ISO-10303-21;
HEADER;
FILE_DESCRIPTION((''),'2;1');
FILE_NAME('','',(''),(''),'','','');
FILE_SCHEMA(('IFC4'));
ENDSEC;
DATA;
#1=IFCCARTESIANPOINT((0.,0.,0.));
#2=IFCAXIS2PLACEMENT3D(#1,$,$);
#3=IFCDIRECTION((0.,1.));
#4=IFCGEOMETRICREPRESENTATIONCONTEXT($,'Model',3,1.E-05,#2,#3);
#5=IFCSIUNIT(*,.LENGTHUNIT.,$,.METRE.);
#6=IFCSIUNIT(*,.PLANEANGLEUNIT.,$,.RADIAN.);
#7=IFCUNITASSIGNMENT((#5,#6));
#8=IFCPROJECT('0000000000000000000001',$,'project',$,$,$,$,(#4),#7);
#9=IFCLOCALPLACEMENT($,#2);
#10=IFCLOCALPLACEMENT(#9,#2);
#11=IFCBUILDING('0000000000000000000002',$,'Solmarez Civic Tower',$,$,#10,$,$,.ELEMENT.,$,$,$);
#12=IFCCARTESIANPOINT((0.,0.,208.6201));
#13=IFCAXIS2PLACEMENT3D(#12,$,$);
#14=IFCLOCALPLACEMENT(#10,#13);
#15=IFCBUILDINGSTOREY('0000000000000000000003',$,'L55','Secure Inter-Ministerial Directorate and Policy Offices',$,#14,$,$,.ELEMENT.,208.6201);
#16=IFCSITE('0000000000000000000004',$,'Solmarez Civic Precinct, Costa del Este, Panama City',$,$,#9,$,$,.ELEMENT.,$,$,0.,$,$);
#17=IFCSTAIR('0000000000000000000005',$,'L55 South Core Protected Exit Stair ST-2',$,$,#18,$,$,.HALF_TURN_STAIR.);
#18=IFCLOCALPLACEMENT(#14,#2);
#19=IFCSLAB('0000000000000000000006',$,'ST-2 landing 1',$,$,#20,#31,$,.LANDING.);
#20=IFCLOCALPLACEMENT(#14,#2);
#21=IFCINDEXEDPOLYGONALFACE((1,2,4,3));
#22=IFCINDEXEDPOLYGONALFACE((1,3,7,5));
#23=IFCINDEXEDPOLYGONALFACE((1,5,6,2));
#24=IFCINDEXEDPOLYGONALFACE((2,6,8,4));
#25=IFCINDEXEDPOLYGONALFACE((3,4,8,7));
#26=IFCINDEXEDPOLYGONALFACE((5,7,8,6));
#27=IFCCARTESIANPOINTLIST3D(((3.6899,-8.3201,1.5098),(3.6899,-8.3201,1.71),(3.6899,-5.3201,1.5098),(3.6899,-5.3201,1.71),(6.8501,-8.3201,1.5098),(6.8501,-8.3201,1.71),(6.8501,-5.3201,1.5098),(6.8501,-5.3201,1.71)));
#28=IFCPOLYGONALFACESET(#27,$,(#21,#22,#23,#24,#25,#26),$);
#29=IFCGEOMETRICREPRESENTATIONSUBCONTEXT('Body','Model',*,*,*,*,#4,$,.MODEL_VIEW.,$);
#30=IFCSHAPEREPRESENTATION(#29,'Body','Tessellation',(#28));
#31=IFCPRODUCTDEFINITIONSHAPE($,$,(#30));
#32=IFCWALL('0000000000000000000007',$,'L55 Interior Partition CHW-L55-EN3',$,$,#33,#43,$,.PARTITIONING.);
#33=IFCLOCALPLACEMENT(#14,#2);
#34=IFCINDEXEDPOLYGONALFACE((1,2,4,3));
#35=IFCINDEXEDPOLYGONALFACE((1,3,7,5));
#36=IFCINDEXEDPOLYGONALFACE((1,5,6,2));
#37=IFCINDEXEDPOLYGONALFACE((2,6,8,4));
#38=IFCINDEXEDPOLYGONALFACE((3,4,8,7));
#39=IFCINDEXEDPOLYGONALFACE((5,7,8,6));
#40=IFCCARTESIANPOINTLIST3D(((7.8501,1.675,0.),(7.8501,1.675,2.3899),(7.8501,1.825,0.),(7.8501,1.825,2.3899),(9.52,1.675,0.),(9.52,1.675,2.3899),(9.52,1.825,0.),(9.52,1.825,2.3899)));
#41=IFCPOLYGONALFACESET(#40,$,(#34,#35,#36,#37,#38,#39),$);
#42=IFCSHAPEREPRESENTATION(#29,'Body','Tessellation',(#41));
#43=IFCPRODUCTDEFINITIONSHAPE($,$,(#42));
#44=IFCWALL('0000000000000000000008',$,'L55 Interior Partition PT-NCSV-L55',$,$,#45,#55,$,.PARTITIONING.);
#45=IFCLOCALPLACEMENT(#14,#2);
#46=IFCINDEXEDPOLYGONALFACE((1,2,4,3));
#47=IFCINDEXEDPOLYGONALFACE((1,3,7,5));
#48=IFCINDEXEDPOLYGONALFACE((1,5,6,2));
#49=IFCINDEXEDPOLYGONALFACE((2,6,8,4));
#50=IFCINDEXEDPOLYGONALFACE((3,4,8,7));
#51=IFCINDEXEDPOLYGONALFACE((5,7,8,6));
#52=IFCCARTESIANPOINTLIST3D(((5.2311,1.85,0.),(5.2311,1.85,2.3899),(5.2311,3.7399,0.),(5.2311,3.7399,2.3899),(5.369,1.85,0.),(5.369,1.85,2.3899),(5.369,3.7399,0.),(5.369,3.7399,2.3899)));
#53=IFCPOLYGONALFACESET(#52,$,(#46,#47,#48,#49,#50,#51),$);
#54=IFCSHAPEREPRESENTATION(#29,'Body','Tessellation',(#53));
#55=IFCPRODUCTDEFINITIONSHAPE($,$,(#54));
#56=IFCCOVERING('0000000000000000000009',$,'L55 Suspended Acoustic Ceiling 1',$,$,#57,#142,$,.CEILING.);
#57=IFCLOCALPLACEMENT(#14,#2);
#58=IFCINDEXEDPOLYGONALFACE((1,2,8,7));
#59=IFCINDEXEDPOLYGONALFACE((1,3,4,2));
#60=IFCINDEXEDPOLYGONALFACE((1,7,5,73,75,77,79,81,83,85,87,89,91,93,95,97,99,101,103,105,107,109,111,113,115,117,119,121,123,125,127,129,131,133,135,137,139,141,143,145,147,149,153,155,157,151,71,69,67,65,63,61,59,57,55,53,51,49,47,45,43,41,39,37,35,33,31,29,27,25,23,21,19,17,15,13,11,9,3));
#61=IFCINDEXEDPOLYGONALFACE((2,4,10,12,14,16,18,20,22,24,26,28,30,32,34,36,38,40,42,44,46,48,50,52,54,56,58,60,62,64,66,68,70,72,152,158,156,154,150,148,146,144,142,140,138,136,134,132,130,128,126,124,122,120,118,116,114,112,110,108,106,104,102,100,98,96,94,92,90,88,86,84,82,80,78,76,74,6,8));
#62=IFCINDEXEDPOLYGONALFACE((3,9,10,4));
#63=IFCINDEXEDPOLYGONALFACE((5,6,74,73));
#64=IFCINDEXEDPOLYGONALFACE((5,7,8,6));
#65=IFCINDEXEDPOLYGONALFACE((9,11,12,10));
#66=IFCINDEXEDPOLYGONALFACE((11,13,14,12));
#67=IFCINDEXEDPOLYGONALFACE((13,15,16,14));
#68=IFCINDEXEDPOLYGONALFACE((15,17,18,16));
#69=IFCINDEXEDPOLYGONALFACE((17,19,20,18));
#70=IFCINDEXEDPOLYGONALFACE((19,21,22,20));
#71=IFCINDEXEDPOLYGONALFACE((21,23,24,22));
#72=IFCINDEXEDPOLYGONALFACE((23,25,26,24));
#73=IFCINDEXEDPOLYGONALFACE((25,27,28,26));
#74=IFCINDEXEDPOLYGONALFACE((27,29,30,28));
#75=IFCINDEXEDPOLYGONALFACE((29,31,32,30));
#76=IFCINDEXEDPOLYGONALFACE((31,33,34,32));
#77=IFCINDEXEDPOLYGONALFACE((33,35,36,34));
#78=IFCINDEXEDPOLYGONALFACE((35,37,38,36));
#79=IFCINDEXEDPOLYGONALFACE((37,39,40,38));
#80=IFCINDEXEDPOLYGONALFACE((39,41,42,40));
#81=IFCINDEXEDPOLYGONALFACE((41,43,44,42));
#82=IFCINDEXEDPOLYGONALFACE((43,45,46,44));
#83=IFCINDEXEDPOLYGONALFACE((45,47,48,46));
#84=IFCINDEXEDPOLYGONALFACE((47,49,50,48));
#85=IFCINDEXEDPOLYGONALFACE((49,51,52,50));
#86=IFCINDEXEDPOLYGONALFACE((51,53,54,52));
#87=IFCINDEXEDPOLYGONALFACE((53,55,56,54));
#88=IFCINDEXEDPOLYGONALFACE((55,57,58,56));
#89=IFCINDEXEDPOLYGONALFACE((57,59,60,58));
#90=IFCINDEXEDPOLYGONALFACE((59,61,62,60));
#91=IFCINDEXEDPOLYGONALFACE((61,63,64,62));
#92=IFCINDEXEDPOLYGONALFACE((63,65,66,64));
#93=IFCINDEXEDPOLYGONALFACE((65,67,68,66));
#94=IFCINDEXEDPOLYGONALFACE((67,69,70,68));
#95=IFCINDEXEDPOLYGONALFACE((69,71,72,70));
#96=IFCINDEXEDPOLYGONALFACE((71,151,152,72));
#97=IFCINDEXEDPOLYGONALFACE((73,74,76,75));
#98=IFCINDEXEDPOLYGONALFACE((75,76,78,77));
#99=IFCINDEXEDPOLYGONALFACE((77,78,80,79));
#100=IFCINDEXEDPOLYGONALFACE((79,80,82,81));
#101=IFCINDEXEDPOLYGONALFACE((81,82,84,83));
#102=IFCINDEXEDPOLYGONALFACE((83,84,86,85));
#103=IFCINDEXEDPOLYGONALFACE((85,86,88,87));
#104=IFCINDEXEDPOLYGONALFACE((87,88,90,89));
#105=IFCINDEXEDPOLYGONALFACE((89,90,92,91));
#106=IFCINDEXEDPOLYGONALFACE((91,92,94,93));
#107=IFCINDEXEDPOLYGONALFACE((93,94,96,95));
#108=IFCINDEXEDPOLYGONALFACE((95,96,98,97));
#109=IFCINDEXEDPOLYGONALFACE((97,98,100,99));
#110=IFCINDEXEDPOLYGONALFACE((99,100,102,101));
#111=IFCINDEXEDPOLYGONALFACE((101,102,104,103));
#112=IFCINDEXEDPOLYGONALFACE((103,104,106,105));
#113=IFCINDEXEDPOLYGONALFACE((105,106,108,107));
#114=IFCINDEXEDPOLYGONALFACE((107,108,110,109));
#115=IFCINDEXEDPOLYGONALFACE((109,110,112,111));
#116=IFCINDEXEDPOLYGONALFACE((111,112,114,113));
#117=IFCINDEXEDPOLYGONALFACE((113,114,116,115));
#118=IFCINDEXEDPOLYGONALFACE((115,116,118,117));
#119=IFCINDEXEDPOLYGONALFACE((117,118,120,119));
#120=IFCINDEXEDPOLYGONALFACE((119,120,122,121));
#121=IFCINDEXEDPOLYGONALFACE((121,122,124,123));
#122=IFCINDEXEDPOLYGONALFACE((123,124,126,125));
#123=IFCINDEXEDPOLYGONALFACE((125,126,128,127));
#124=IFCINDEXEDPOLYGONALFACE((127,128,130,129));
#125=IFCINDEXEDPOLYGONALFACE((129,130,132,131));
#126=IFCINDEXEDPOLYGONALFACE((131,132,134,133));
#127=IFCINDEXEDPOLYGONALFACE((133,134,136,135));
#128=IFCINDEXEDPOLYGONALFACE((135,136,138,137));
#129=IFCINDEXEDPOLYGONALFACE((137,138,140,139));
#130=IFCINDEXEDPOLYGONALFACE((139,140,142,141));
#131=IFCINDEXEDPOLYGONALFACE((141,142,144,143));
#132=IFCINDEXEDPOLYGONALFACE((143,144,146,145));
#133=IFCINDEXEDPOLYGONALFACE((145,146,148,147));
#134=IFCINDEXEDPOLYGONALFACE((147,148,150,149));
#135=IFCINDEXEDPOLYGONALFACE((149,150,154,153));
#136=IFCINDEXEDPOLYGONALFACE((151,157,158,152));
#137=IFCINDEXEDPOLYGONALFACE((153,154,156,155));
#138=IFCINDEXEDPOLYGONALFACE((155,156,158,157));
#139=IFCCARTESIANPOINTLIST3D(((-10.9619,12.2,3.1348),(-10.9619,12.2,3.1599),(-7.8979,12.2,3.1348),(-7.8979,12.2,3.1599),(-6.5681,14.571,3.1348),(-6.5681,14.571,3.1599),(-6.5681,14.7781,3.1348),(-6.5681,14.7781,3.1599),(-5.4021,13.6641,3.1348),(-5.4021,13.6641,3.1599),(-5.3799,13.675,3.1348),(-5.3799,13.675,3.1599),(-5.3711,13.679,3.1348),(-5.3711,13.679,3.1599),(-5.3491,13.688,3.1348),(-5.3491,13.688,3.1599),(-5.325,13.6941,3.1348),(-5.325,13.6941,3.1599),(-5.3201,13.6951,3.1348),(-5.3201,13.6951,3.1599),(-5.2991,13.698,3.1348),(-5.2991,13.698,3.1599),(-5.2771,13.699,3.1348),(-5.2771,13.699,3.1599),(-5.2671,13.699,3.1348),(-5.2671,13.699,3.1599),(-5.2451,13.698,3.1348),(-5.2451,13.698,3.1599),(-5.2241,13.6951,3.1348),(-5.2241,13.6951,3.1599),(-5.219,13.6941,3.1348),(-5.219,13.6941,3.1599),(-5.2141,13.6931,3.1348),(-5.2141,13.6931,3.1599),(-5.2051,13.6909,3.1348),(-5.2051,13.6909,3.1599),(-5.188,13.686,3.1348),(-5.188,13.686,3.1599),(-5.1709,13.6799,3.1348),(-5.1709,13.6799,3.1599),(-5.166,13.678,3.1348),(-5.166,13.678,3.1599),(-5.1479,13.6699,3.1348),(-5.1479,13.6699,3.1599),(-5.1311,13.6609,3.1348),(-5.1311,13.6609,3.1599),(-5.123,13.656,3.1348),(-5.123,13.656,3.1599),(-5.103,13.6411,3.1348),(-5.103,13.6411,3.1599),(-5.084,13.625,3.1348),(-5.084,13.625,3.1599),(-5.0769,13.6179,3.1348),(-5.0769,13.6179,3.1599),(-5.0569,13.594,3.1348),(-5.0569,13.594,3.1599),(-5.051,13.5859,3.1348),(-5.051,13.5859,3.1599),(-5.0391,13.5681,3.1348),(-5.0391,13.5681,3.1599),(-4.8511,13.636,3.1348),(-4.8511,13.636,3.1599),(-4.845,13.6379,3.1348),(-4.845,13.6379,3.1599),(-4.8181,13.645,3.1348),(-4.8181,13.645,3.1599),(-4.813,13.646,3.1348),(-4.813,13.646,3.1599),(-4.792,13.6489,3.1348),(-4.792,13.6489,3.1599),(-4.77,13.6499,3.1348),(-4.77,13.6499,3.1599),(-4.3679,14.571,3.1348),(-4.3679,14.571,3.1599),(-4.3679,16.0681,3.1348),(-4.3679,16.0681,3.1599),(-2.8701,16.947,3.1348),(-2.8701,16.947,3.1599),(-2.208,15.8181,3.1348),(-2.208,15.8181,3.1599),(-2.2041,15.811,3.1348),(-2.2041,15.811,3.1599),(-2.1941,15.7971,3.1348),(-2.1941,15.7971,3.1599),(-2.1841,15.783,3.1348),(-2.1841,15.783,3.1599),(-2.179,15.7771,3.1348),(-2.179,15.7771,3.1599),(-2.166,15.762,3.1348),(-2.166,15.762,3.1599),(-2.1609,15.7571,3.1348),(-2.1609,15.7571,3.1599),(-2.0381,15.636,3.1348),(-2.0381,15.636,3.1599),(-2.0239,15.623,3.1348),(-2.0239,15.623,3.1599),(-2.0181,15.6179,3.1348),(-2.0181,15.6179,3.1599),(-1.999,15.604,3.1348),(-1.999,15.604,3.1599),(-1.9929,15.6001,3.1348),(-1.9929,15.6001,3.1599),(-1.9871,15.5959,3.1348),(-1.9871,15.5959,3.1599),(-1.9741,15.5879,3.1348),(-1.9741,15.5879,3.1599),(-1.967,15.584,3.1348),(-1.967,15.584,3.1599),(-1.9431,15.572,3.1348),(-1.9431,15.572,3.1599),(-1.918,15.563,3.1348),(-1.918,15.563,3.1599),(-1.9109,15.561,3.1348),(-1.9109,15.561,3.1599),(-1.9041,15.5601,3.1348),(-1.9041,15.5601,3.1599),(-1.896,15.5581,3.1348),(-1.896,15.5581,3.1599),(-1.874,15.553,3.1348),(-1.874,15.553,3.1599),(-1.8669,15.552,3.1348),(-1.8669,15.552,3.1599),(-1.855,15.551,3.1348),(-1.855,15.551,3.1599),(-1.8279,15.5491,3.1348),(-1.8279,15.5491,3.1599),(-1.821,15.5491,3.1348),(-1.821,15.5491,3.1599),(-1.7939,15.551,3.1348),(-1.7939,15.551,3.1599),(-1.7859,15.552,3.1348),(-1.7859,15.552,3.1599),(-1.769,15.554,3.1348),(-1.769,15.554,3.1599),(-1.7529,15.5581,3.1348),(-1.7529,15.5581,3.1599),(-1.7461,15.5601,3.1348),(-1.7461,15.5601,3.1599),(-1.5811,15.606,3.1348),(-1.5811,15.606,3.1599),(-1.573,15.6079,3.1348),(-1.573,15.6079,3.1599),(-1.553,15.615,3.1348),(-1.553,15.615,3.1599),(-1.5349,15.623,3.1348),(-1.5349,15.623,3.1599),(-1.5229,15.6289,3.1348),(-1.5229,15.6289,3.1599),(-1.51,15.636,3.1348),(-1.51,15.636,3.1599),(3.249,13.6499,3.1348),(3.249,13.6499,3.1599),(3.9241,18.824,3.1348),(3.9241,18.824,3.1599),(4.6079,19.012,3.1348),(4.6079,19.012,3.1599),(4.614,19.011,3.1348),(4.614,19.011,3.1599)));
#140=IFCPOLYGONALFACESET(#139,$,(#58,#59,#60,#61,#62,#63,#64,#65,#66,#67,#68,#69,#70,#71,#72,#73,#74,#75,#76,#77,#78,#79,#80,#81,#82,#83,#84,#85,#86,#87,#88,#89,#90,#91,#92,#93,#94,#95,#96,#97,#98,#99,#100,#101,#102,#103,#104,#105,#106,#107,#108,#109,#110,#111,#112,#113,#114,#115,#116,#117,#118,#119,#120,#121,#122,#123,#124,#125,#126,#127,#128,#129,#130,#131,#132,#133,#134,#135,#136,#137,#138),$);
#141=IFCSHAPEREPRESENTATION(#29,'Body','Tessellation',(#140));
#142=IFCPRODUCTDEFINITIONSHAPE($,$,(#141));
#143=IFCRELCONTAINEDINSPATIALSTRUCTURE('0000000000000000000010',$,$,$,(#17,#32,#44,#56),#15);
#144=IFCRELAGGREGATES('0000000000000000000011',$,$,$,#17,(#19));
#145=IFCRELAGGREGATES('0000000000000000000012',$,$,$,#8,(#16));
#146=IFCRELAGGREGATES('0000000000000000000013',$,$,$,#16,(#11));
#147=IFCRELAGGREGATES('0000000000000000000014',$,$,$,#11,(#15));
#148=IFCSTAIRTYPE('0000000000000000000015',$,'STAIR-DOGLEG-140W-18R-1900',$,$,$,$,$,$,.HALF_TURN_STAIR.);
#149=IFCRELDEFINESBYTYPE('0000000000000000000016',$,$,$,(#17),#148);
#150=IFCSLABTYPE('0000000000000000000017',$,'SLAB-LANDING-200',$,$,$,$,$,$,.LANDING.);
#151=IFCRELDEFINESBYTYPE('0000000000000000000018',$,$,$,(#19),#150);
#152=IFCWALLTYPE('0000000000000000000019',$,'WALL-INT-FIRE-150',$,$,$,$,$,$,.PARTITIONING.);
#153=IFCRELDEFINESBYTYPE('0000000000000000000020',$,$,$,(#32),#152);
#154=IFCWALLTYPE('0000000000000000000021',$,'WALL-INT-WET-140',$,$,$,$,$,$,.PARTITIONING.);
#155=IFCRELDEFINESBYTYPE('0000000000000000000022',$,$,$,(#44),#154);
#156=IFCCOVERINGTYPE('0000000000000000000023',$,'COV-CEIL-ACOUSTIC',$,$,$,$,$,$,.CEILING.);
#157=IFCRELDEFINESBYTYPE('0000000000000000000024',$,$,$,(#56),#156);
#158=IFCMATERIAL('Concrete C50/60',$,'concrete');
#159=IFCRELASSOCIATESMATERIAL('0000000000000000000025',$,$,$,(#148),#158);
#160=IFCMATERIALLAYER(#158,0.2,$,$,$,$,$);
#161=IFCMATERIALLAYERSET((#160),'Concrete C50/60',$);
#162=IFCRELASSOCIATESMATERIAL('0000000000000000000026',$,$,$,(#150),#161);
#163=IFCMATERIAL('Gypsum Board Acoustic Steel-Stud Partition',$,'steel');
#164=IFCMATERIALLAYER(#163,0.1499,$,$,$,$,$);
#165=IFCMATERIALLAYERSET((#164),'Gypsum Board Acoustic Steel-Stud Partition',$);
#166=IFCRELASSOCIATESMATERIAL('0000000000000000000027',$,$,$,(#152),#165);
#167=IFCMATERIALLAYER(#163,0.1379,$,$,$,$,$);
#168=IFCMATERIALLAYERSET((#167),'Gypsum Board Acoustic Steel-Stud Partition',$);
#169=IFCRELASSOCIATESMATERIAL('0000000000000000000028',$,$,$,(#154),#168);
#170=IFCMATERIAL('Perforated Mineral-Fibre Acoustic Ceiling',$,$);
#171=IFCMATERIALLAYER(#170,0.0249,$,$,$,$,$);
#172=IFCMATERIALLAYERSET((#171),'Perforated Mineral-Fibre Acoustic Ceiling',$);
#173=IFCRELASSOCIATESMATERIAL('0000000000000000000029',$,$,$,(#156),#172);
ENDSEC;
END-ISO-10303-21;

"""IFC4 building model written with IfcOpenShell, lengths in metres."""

from ifc_helpers import new_model, si_unit, direction, frame, frame_2d, origin, place, context, subcontext, project, spatial, polyline, rectangle, outline, extrude, material, layer, layer_set, type_object, element, aggregate, save


model = new_model("IFC4")

# Units and contexts
model_context = context("Model", 3, precision=1e-05, world=origin(), true_north=direction((0.0, 1.0)))
body_context = subcontext(model_context, "Body", "Model", "MODEL_VIEW")
ifc_project = project(units=[si_unit("LENGTHUNIT", "METRE"), si_unit("PLANEANGLEUNIT", "RADIAN")], contexts=[model_context])

# Site, building, storey
site_placement = place(None, origin())
site = spatial("IfcSite", under=ifc_project, at=site_placement, Name="Solmarez Civic Precinct, Costa del Este, Panama City", CompositionType="ELEMENT", RefElevation=0.0)
building_placement = place(site_placement, origin())
building = spatial("IfcBuilding", under=site, at=building_placement, Name="Solmarez Civic Tower", CompositionType="ELEMENT")
storey_placement = place(building_placement, frame((0.0, 0.0, 208.6201)))
storey = spatial("IfcBuildingStorey", under=building, at=storey_placement, Name="L55", Description="Secure Inter-Ministerial Directorate and Policy Offices", CompositionType="ELEMENT", Elevation=208.6201)

# Stair, slab
ifc_material_1 = material(Name="Concrete C50/60", Category="concrete")
stair_type = type_object("IfcStairType", Name="STAIR-DOGLEG-140W-18R-1900", PredefinedType="HALF_TURN_STAIR", material=ifc_material_1)
stair_placement = place(storey_placement, origin())
stair = element("IfcStair", 1, at=stair_placement, inside=storey, type_object=stair_type, Name="L55 South Core Protected Exit Stair ST-2", PredefinedType="HALF_TURN_STAIR")
ifc_layer_1 = layer(ifc_material_1, 0.2)
ifc_layer_set_1 = layer_set([ifc_layer_1], Name="Concrete C50/60")
slab_type = type_object("IfcSlabType", Name="SLAB-LANDING-200", PredefinedType="LANDING", material=ifc_layer_set_1)
slab_placement = place(storey_placement, frame((0.0, 0.0, 1.5098)))
slab = element("IfcSlab", 2, at=slab_placement, type_object=slab_type, Name="ST-2 landing 1", PredefinedType="LANDING", context=body_context, shape_type="SweptSolid", body=[
    extrude(outline(polyline([(3.6899, -8.3201), (6.8501, -8.3201), (6.8501, -5.3201), (3.6899, -5.3201), (3.6899, -8.3201)])), origin(), (0.0, 0.0, 1.0), 0.2002),
])
aggregate(stair, [slab])

# Walls
ifc_material_2 = material(Name="Gypsum Board Acoustic Steel-Stud Partition", Category="steel")
ifc_layer_2 = layer(ifc_material_2, 0.1499)
ifc_layer_set_2 = layer_set([ifc_layer_2], Name="Gypsum Board Acoustic Steel-Stud Partition")
wall_type_1 = type_object("IfcWallType", Name="WALL-INT-FIRE-150", PredefinedType="PARTITIONING", material=ifc_layer_set_2)
wall_1_placement = place(storey_placement, frame((7.8501, 1.75, 0.0), z_axis=(0.0, 0.0, 1.0), x_axis=(1.0, 0.0, 0.0)))
element("IfcWall", 3, at=wall_1_placement, inside=storey, type_object=wall_type_1, Name="L55 Interior Partition CHW-L55-EN3", PredefinedType="PARTITIONING", context=body_context, shape_type="SweptSolid", body=[
    extrude(rectangle(XDim=1.6699, YDim=0.1499, at=frame_2d((0.835, 0.0))), origin(), (0.0, 0.0, 1.0), 2.3899),
])
ifc_layer_3 = layer(ifc_material_2, 0.1379)
ifc_layer_set_3 = layer_set([ifc_layer_3], Name="Gypsum Board Acoustic Steel-Stud Partition")
wall_type_2 = type_object("IfcWallType", Name="WALL-INT-WET-140", PredefinedType="PARTITIONING", material=ifc_layer_set_3)
wall_2_placement = place(storey_placement, frame((5.3, 1.8501, 0.0), z_axis=(0.0, 0.0, 1.0), x_axis=(0.0, 1.0, 0.0)))
element("IfcWall", 4, at=wall_2_placement, inside=storey, type_object=wall_type_2, Name="L55 Interior Partition PT-NCSV-L55", PredefinedType="PARTITIONING", context=body_context, shape_type="SweptSolid", body=[
    extrude(rectangle(XDim=1.8899, YDim=0.1379, at=frame_2d((0.9448, 0.0))), origin(), (0.0, 0.0, 1.0), 2.3899),
])

# Covering
ifc_material_3 = material(Name="Perforated Mineral-Fibre Acoustic Ceiling")
ifc_layer_4 = layer(ifc_material_3, 0.0249)
ifc_layer_set_4 = layer_set([ifc_layer_4], Name="Perforated Mineral-Fibre Acoustic Ceiling")
covering_type_1 = type_object("IfcCoveringType", Name="COV-CEIL-ACOUSTIC", PredefinedType="CEILING", material=ifc_layer_set_4)
covering_1_placement = place(storey_placement, frame((0.0, 0.0, 3.1348)))
element("IfcCovering", 5, at=covering_1_placement, inside=storey, type_object=covering_type_1, Name="L55 Suspended Acoustic Ceiling 1", PredefinedType="CEILING", context=body_context, shape_type="SweptSolid", body=[
    extrude(outline(polyline([(-10.9619, 12.2), (-7.8979, 12.2), (-5.4021, 13.6641), (-5.3799, 13.675), (-5.3711, 13.679), (-5.3491, 13.688), (-5.325, 13.6941), (-5.3201, 13.6951), (-5.2991, 13.698), (-5.2771, 13.699), (-5.2671, 13.699), (-5.2451, 13.698), (-5.2241, 13.6951), (-5.219, 13.6941), (-5.2141, 13.6931), (-5.2051, 13.6909), (-5.188, 13.686), (-5.1709, 13.6799), (-5.166, 13.678), (-5.1479, 13.6699), (-5.1311, 13.6609), (-5.123, 13.656), (-5.103, 13.6411), (-5.084, 13.625), (-5.0769, 13.6179), (-5.0569, 13.594), (-5.051, 13.5859), (-5.0391, 13.5681), (-4.8511, 13.636), (-4.845, 13.6379), (-4.8181, 13.645), (-4.813, 13.646), (-4.792, 13.6489), (-4.77, 13.6499), (3.249, 13.6499), (4.614, 19.011), (4.6079, 19.012), (3.9241, 18.824), (-1.51, 15.636), (-1.5229, 15.6289), (-1.5349, 15.623), (-1.553, 15.615), (-1.573, 15.6079), (-1.5811, 15.606), (-1.7461, 15.5601), (-1.7529, 15.5581), (-1.769, 15.554), (-1.7859, 15.552), (-1.7939, 15.551), (-1.821, 15.5491), (-1.8279, 15.5491), (-1.855, 15.551), (-1.8669, 15.552), (-1.874, 15.553), (-1.896, 15.5581), (-1.9041, 15.5601), (-1.9109, 15.561), (-1.918, 15.563), (-1.9431, 15.572), (-1.967, 15.584), (-1.9741, 15.5879), (-1.9871, 15.5959), (-1.9929, 15.6001), (-1.999, 15.604), (-2.0181, 15.6179), (-2.0239, 15.623), (-2.0381, 15.636), (-2.1609, 15.7571), (-2.166, 15.762), (-2.179, 15.7771), (-2.1841, 15.783), (-2.1941, 15.7971), (-2.2041, 15.811), (-2.208, 15.8181), (-2.8701, 16.947), (-4.3679, 16.0681), (-4.3679, 14.571), (-6.5681, 14.571), (-6.5681, 14.7781), (-10.9619, 12.2)])), origin(), (0.0, 0.0, 1.0), 0.0251),
])

save(model, "model.ifc")
